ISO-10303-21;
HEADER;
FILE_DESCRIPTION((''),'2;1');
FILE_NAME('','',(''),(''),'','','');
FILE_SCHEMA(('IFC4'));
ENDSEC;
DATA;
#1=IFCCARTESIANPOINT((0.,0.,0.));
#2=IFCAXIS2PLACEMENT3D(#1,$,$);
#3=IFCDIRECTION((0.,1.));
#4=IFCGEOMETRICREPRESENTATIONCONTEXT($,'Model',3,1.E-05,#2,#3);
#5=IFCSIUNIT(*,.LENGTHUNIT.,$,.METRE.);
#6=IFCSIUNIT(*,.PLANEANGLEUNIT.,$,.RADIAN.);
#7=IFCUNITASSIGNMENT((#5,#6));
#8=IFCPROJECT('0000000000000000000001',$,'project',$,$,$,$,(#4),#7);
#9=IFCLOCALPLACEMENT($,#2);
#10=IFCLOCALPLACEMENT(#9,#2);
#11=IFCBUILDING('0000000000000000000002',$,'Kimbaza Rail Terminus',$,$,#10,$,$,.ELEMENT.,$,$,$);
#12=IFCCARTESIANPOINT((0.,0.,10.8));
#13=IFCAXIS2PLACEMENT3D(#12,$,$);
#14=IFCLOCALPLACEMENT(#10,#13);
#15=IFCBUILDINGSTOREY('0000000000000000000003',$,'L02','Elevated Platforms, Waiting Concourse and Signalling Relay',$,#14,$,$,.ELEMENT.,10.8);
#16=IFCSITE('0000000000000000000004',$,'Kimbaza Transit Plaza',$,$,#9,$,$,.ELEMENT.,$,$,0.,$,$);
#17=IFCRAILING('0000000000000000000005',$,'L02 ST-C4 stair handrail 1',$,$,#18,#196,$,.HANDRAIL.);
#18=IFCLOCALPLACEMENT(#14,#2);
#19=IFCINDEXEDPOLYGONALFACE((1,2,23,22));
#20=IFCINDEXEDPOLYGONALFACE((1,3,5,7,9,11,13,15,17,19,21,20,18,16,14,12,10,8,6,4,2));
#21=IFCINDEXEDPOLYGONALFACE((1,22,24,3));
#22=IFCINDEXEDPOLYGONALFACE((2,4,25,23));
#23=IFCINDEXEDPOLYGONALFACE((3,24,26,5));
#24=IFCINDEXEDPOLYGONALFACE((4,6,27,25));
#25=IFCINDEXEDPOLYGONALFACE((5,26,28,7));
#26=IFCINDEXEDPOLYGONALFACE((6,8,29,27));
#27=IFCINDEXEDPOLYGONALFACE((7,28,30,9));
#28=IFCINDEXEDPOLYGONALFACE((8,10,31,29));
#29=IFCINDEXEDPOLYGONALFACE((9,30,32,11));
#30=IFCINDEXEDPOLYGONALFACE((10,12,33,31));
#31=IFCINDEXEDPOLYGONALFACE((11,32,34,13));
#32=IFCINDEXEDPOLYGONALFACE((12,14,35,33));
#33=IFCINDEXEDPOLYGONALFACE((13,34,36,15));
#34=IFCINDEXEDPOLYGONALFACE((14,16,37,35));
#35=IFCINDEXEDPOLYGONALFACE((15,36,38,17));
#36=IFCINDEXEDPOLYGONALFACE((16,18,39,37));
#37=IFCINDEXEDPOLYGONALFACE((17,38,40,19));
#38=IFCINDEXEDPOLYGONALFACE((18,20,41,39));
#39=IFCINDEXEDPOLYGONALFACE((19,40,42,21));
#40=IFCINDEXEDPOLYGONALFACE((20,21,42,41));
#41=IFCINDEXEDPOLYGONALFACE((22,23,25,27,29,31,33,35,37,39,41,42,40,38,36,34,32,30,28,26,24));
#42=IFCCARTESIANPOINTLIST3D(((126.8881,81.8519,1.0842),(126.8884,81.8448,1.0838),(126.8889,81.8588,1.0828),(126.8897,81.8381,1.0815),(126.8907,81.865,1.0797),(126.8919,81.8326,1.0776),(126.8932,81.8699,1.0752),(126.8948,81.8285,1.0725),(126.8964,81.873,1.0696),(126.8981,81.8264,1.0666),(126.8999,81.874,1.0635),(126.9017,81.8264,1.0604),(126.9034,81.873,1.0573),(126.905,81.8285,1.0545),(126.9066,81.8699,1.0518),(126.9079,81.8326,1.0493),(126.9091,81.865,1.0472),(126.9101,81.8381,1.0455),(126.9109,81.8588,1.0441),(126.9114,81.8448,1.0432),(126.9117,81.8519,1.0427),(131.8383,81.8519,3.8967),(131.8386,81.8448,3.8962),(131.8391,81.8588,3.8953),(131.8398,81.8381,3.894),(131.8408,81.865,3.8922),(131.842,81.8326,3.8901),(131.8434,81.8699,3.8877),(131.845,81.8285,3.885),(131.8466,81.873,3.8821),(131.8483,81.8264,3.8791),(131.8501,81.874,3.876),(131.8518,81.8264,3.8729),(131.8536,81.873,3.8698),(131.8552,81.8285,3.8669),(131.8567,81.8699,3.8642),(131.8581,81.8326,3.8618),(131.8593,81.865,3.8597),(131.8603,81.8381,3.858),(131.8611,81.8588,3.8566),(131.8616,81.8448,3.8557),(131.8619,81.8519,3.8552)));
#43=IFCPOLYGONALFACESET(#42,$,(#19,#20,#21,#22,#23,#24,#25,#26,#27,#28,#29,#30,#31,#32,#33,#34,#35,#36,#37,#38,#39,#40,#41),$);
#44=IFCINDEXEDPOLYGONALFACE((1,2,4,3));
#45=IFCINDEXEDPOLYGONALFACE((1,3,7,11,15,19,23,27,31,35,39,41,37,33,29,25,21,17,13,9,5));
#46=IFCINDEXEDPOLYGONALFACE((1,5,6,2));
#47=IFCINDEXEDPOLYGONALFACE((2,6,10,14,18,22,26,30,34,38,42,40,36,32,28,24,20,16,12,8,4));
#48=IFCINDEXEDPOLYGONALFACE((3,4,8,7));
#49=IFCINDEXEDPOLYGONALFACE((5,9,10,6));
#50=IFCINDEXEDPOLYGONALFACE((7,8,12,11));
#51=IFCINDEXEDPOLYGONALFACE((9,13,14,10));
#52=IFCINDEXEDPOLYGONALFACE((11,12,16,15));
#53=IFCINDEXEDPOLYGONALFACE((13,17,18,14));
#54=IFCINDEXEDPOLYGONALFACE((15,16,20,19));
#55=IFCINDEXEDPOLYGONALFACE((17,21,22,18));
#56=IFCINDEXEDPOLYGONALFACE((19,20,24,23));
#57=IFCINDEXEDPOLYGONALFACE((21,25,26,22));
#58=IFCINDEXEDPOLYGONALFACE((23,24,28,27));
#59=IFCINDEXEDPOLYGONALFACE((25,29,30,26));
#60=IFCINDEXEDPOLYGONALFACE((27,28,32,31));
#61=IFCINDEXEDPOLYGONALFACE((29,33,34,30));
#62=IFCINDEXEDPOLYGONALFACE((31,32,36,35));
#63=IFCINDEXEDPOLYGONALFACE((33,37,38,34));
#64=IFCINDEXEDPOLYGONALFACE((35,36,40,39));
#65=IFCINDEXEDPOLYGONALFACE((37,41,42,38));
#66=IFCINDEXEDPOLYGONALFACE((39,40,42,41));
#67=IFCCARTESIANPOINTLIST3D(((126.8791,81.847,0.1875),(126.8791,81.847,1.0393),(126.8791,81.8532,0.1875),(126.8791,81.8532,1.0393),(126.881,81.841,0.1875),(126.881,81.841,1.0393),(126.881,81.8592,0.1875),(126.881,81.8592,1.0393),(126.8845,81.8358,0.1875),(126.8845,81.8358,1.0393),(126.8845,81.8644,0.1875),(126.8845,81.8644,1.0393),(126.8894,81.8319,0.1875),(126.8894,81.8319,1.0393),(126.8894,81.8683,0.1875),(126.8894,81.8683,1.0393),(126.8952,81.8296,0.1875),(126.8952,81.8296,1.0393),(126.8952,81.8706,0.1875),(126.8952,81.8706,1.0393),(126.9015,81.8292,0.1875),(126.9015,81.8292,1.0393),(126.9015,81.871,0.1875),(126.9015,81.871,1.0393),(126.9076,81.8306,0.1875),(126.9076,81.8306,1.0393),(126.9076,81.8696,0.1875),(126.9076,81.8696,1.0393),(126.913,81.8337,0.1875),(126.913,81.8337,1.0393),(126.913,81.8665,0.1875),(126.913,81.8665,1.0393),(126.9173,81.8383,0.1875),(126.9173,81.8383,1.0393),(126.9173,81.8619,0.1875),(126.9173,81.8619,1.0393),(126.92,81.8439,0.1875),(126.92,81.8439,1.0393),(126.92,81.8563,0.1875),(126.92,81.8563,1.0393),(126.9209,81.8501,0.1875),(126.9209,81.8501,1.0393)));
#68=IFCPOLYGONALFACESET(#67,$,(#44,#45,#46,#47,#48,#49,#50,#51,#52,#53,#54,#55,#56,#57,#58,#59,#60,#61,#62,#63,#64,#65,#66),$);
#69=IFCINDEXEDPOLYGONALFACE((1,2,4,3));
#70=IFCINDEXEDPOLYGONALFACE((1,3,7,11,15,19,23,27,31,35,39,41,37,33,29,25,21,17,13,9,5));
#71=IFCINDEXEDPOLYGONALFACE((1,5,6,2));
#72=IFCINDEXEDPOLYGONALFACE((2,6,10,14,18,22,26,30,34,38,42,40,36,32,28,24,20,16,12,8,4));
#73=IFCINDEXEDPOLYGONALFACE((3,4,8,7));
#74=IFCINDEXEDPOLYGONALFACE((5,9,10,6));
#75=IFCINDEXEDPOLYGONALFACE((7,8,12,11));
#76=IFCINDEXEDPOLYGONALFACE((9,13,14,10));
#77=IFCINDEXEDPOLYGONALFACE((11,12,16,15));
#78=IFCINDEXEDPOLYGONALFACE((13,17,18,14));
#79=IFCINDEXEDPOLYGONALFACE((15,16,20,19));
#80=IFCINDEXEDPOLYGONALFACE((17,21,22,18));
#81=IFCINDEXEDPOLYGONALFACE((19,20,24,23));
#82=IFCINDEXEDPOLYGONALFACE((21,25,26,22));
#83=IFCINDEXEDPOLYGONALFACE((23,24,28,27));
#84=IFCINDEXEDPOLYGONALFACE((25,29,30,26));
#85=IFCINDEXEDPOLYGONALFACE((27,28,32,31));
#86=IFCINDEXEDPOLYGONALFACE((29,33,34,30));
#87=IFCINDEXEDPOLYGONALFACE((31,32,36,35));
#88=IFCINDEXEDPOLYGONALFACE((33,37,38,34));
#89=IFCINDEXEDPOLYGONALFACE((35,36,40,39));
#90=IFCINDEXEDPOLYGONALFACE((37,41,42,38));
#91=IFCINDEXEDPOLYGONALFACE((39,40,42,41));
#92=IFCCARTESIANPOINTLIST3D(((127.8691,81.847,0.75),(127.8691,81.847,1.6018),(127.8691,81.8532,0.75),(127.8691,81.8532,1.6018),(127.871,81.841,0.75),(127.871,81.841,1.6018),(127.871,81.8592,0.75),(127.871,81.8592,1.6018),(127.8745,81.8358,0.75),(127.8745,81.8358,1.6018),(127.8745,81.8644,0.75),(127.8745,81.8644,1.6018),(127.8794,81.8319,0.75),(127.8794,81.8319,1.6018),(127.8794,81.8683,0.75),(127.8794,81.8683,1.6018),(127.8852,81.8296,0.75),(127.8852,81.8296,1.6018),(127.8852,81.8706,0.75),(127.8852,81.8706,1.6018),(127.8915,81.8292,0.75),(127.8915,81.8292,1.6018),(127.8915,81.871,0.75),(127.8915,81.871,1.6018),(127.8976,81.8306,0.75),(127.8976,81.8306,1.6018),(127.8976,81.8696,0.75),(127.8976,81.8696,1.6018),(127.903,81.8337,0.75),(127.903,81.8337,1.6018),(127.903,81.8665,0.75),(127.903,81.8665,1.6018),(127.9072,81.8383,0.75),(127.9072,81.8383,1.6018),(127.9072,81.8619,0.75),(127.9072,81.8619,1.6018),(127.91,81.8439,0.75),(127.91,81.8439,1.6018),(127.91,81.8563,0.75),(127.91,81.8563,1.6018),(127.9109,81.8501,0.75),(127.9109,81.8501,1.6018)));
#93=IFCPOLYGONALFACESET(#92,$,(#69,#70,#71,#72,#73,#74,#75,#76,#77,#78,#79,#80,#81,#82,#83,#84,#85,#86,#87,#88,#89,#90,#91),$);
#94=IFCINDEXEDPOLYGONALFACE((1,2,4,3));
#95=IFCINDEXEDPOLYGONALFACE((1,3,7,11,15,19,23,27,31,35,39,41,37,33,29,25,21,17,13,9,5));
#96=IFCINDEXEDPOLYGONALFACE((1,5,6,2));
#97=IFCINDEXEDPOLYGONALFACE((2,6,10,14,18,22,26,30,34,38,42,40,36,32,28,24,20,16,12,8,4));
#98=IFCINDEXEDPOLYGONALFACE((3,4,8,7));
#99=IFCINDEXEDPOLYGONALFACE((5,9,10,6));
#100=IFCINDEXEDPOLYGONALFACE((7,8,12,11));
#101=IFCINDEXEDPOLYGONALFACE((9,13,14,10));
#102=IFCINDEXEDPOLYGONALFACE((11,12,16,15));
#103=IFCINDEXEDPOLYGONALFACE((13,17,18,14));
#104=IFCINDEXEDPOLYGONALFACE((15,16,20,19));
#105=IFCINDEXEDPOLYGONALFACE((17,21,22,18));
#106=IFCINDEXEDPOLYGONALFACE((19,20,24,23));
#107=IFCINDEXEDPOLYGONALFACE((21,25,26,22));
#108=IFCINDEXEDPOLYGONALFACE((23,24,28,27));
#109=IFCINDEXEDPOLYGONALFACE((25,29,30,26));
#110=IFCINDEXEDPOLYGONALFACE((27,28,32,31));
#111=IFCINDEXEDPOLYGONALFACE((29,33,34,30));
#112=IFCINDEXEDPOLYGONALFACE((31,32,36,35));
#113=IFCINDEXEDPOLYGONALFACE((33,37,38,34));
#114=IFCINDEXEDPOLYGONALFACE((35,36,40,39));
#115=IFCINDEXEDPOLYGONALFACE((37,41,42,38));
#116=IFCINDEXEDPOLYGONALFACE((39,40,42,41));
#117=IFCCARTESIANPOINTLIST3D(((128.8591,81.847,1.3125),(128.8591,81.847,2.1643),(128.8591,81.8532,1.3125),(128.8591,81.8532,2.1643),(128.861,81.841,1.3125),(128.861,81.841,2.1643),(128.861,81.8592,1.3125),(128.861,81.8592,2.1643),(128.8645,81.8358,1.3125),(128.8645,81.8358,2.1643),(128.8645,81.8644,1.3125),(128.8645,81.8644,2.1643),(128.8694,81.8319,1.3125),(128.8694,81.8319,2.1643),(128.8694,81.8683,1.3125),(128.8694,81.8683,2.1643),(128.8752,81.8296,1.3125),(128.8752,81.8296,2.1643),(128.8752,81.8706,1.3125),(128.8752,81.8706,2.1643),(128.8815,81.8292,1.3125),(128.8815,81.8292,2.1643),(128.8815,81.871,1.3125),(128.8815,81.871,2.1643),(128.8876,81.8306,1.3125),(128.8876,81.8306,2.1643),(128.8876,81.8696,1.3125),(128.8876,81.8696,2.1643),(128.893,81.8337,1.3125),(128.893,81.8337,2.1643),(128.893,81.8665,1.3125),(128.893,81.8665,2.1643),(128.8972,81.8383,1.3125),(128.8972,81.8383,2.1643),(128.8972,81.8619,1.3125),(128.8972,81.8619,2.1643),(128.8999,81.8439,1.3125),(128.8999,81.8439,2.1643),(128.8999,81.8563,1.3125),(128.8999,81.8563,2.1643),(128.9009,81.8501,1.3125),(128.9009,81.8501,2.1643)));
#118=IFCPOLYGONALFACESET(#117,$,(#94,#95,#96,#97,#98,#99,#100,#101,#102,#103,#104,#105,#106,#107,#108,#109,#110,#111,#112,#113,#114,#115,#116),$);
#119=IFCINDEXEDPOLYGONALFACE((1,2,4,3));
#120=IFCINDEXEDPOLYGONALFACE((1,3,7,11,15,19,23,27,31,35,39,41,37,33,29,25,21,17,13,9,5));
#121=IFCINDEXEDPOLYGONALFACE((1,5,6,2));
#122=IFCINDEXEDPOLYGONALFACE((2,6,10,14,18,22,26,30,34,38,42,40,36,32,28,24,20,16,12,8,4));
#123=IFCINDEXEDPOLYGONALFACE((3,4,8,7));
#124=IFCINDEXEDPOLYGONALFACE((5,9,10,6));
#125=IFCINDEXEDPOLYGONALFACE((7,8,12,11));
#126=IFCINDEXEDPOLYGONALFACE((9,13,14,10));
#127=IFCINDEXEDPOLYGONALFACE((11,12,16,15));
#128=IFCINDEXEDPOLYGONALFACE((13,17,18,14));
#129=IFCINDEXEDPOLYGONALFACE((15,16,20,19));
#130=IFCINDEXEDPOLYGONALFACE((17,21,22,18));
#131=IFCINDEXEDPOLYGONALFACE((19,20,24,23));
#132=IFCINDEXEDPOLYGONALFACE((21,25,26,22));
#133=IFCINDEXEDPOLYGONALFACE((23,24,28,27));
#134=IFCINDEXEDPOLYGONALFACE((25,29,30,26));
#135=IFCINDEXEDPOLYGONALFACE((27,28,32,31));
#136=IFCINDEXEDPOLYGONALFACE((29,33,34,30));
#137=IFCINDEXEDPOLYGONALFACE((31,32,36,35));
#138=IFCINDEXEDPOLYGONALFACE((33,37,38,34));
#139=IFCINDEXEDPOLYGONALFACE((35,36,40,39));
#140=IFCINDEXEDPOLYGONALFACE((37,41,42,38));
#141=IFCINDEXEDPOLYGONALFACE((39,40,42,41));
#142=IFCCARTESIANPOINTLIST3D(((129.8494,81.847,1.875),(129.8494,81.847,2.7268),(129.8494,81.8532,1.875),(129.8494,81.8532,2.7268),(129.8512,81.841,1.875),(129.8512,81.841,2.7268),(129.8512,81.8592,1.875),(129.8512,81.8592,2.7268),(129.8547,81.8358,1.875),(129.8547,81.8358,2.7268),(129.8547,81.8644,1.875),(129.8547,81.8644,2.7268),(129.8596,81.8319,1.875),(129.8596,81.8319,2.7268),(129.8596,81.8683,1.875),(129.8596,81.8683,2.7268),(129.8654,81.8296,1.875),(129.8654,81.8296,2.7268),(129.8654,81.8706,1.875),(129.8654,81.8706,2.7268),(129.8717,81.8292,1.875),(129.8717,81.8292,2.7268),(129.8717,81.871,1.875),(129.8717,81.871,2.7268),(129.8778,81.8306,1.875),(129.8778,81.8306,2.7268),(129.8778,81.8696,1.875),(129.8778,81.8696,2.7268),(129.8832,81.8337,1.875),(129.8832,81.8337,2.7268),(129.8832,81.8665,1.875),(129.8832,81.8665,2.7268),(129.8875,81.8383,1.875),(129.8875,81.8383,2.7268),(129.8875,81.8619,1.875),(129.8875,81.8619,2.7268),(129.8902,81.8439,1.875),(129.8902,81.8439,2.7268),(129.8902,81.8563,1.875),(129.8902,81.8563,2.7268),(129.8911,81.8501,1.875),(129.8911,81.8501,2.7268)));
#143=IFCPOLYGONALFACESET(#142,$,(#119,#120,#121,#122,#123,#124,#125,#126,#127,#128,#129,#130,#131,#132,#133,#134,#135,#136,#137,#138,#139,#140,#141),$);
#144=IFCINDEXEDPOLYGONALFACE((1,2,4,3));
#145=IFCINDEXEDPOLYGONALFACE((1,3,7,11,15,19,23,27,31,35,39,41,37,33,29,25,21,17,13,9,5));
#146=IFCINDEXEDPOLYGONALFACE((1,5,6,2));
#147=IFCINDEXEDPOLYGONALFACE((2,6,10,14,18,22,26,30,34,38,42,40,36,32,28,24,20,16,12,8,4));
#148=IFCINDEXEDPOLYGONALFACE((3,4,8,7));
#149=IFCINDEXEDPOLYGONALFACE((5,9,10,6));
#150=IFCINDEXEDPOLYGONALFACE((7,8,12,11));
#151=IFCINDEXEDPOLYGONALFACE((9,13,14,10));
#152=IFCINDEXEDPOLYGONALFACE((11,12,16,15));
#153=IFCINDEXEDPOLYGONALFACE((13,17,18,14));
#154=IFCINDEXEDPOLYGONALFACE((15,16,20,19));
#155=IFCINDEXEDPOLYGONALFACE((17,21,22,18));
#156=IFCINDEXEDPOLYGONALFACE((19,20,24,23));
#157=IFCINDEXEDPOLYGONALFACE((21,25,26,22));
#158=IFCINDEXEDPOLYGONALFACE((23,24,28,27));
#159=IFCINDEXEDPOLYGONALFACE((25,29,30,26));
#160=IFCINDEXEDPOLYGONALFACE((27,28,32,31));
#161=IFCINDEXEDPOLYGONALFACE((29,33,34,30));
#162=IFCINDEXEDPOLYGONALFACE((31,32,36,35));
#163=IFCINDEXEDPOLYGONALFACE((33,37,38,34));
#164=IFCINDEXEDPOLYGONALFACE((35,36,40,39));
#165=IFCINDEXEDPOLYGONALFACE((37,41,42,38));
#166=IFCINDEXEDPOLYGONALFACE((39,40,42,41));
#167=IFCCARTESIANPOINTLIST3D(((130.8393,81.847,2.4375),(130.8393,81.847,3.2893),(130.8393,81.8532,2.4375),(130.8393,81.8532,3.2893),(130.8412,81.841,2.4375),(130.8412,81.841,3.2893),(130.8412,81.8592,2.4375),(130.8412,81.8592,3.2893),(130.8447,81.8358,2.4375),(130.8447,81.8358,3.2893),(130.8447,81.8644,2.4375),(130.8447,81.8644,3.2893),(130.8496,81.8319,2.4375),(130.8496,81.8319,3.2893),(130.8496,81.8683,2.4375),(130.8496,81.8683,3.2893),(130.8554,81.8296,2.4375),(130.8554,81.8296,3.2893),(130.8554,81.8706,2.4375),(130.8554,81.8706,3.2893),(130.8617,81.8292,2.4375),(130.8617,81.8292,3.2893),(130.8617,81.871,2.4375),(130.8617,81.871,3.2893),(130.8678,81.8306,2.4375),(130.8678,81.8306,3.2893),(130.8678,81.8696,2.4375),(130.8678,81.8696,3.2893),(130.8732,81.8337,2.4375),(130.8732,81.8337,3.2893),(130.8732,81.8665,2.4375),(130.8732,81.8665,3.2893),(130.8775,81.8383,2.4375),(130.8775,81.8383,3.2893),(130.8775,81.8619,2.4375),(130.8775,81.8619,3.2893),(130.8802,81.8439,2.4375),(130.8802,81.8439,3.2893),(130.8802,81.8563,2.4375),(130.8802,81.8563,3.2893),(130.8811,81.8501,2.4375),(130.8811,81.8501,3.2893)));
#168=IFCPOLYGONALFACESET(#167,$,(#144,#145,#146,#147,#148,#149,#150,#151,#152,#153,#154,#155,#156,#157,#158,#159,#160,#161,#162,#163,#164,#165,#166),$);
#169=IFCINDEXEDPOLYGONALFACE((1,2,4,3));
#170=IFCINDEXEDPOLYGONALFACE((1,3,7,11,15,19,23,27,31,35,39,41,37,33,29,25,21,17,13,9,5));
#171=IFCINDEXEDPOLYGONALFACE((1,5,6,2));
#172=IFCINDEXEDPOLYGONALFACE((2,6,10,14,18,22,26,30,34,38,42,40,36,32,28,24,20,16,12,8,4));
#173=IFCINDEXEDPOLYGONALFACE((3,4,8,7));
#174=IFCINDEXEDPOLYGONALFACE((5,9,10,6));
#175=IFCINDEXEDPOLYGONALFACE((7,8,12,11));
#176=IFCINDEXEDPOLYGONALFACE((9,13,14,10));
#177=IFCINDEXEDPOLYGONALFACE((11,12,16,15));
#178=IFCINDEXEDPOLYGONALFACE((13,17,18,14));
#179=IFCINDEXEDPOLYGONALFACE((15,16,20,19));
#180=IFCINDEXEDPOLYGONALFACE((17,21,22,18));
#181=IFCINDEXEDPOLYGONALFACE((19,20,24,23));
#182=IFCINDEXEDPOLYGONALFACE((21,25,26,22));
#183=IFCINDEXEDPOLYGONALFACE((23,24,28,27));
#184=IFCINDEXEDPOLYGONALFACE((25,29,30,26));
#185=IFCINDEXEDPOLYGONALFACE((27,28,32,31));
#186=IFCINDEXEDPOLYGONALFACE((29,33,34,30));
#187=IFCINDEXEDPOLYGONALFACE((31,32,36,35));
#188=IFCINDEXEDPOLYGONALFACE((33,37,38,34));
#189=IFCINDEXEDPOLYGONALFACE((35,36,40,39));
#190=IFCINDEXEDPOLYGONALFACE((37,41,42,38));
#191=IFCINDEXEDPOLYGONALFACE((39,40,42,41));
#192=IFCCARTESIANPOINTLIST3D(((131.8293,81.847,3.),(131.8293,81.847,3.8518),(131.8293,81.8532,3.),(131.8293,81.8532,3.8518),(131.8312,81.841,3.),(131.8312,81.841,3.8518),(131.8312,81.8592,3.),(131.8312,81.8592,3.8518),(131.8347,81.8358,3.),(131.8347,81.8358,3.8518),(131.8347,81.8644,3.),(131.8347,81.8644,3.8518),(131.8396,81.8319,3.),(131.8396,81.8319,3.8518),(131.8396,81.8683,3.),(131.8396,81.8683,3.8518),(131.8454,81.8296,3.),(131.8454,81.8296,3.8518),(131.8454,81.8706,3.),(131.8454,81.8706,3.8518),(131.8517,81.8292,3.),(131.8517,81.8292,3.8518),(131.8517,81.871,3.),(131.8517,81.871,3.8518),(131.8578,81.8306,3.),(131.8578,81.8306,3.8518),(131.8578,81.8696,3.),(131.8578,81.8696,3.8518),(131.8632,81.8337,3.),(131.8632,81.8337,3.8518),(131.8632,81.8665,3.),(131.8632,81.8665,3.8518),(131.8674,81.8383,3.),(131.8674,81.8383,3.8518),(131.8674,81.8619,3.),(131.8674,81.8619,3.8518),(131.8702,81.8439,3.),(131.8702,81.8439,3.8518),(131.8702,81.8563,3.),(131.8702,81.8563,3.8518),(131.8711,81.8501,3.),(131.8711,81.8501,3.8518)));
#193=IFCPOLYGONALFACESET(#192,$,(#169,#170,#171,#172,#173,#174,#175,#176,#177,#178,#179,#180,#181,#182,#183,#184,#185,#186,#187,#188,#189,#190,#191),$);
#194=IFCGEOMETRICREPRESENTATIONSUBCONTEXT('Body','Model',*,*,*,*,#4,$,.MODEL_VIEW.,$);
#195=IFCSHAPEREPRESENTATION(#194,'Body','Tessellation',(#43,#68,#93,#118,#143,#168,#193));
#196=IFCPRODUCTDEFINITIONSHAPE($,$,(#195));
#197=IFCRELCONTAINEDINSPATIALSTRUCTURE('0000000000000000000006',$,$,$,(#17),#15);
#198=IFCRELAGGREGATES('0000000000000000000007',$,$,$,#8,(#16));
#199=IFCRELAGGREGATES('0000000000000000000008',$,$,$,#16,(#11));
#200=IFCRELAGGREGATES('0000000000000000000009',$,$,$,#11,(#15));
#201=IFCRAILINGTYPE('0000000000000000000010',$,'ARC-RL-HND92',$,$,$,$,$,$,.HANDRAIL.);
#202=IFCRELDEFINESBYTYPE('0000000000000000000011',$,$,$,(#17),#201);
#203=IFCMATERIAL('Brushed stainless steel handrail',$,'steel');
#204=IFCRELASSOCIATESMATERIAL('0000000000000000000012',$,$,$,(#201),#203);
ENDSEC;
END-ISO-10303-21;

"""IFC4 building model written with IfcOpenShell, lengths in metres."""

from ifc_helpers import new_model, si_unit, direction, frame, origin, origin_2d, place, context, subcontext, project, spatial, circle, extrude, material, type_object, element, save


model = new_model("IFC4")

# Units and contexts
model_context = context("Model", 3, precision=1e-05, world=origin(), true_north=direction((0.0, 1.0)))
body_context = subcontext(model_context, "Body", "Model", "MODEL_VIEW")
ifc_project = project(units=[si_unit("LENGTHUNIT", "METRE"), si_unit("PLANEANGLEUNIT", "RADIAN")], contexts=[model_context])

# Site, building, storey
site_placement = place(None, origin())
site = spatial("IfcSite", under=ifc_project, at=site_placement, Name="Kimbaza Transit Plaza", CompositionType="ELEMENT", RefElevation=0.0)
building_placement = place(site_placement, origin())
building = spatial("IfcBuilding", under=site, at=building_placement, Name="Kimbaza Rail Terminus", CompositionType="ELEMENT")
storey_placement = place(building_placement, frame((0.0, 0.0, 10.8)))
storey = spatial("IfcBuildingStorey", under=building, at=storey_placement, Name="L02", Description="Elevated Platforms, Waiting Concourse and Signalling Relay", CompositionType="ELEMENT", Elevation=10.8)

# Railing
ifc_material_1 = material(Name="Brushed stainless steel handrail", Category="steel")
railing_type_1 = type_object("IfcRailingType", Name="ARC-RL-HND92", PredefinedType="HANDRAIL", material=ifc_material_1)
railing_1_placement = place(storey_placement, frame((126.8999, 81.8501, 0.1875)))
element("IfcRailing", 1, at=railing_1_placement, inside=storey, type_object=railing_type_1, Name="L02 ST-C4 stair handrail 1", PredefinedType="HANDRAIL", context=body_context, shape_type="SweptSolid", body=[
    extrude(circle(Radius=0.0239, at=origin_2d()), frame((0.0, 0.0, 0.876), z_axis=(0.869465, 0.0, 0.493995), x_axis=(0.0, 1.0, 0.0)), (0.0, 0.0, 1.0), 5.6934),
    extrude(circle(Radius=0.021, at=origin_2d()), origin(), (0.0, 0.0, 1.0), 0.8518),
    extrude(circle(Radius=0.021, at=origin_2d()), frame((0.99, 0.0, 0.5625)), (0.0, 0.0, 1.0), 0.8518),
    extrude(circle(Radius=0.021, at=origin_2d()), frame((1.98, 0.0, 1.125)), (0.0, 0.0, 1.0), 0.8518),
    extrude(circle(Radius=0.021, at=origin_2d()), frame((2.9702, 0.0, 1.6875)), (0.0, 0.0, 1.0), 0.8518),
    extrude(circle(Radius=0.021, at=origin_2d()), frame((3.9602, 0.0, 2.25)), (0.0, 0.0, 1.0), 0.8518),
    extrude(circle(Radius=0.021, at=origin_2d()), frame((4.9502, 0.0, 2.8125)), (0.0, 0.0, 1.0), 0.8518),
])

save(model, "model.ifc")
